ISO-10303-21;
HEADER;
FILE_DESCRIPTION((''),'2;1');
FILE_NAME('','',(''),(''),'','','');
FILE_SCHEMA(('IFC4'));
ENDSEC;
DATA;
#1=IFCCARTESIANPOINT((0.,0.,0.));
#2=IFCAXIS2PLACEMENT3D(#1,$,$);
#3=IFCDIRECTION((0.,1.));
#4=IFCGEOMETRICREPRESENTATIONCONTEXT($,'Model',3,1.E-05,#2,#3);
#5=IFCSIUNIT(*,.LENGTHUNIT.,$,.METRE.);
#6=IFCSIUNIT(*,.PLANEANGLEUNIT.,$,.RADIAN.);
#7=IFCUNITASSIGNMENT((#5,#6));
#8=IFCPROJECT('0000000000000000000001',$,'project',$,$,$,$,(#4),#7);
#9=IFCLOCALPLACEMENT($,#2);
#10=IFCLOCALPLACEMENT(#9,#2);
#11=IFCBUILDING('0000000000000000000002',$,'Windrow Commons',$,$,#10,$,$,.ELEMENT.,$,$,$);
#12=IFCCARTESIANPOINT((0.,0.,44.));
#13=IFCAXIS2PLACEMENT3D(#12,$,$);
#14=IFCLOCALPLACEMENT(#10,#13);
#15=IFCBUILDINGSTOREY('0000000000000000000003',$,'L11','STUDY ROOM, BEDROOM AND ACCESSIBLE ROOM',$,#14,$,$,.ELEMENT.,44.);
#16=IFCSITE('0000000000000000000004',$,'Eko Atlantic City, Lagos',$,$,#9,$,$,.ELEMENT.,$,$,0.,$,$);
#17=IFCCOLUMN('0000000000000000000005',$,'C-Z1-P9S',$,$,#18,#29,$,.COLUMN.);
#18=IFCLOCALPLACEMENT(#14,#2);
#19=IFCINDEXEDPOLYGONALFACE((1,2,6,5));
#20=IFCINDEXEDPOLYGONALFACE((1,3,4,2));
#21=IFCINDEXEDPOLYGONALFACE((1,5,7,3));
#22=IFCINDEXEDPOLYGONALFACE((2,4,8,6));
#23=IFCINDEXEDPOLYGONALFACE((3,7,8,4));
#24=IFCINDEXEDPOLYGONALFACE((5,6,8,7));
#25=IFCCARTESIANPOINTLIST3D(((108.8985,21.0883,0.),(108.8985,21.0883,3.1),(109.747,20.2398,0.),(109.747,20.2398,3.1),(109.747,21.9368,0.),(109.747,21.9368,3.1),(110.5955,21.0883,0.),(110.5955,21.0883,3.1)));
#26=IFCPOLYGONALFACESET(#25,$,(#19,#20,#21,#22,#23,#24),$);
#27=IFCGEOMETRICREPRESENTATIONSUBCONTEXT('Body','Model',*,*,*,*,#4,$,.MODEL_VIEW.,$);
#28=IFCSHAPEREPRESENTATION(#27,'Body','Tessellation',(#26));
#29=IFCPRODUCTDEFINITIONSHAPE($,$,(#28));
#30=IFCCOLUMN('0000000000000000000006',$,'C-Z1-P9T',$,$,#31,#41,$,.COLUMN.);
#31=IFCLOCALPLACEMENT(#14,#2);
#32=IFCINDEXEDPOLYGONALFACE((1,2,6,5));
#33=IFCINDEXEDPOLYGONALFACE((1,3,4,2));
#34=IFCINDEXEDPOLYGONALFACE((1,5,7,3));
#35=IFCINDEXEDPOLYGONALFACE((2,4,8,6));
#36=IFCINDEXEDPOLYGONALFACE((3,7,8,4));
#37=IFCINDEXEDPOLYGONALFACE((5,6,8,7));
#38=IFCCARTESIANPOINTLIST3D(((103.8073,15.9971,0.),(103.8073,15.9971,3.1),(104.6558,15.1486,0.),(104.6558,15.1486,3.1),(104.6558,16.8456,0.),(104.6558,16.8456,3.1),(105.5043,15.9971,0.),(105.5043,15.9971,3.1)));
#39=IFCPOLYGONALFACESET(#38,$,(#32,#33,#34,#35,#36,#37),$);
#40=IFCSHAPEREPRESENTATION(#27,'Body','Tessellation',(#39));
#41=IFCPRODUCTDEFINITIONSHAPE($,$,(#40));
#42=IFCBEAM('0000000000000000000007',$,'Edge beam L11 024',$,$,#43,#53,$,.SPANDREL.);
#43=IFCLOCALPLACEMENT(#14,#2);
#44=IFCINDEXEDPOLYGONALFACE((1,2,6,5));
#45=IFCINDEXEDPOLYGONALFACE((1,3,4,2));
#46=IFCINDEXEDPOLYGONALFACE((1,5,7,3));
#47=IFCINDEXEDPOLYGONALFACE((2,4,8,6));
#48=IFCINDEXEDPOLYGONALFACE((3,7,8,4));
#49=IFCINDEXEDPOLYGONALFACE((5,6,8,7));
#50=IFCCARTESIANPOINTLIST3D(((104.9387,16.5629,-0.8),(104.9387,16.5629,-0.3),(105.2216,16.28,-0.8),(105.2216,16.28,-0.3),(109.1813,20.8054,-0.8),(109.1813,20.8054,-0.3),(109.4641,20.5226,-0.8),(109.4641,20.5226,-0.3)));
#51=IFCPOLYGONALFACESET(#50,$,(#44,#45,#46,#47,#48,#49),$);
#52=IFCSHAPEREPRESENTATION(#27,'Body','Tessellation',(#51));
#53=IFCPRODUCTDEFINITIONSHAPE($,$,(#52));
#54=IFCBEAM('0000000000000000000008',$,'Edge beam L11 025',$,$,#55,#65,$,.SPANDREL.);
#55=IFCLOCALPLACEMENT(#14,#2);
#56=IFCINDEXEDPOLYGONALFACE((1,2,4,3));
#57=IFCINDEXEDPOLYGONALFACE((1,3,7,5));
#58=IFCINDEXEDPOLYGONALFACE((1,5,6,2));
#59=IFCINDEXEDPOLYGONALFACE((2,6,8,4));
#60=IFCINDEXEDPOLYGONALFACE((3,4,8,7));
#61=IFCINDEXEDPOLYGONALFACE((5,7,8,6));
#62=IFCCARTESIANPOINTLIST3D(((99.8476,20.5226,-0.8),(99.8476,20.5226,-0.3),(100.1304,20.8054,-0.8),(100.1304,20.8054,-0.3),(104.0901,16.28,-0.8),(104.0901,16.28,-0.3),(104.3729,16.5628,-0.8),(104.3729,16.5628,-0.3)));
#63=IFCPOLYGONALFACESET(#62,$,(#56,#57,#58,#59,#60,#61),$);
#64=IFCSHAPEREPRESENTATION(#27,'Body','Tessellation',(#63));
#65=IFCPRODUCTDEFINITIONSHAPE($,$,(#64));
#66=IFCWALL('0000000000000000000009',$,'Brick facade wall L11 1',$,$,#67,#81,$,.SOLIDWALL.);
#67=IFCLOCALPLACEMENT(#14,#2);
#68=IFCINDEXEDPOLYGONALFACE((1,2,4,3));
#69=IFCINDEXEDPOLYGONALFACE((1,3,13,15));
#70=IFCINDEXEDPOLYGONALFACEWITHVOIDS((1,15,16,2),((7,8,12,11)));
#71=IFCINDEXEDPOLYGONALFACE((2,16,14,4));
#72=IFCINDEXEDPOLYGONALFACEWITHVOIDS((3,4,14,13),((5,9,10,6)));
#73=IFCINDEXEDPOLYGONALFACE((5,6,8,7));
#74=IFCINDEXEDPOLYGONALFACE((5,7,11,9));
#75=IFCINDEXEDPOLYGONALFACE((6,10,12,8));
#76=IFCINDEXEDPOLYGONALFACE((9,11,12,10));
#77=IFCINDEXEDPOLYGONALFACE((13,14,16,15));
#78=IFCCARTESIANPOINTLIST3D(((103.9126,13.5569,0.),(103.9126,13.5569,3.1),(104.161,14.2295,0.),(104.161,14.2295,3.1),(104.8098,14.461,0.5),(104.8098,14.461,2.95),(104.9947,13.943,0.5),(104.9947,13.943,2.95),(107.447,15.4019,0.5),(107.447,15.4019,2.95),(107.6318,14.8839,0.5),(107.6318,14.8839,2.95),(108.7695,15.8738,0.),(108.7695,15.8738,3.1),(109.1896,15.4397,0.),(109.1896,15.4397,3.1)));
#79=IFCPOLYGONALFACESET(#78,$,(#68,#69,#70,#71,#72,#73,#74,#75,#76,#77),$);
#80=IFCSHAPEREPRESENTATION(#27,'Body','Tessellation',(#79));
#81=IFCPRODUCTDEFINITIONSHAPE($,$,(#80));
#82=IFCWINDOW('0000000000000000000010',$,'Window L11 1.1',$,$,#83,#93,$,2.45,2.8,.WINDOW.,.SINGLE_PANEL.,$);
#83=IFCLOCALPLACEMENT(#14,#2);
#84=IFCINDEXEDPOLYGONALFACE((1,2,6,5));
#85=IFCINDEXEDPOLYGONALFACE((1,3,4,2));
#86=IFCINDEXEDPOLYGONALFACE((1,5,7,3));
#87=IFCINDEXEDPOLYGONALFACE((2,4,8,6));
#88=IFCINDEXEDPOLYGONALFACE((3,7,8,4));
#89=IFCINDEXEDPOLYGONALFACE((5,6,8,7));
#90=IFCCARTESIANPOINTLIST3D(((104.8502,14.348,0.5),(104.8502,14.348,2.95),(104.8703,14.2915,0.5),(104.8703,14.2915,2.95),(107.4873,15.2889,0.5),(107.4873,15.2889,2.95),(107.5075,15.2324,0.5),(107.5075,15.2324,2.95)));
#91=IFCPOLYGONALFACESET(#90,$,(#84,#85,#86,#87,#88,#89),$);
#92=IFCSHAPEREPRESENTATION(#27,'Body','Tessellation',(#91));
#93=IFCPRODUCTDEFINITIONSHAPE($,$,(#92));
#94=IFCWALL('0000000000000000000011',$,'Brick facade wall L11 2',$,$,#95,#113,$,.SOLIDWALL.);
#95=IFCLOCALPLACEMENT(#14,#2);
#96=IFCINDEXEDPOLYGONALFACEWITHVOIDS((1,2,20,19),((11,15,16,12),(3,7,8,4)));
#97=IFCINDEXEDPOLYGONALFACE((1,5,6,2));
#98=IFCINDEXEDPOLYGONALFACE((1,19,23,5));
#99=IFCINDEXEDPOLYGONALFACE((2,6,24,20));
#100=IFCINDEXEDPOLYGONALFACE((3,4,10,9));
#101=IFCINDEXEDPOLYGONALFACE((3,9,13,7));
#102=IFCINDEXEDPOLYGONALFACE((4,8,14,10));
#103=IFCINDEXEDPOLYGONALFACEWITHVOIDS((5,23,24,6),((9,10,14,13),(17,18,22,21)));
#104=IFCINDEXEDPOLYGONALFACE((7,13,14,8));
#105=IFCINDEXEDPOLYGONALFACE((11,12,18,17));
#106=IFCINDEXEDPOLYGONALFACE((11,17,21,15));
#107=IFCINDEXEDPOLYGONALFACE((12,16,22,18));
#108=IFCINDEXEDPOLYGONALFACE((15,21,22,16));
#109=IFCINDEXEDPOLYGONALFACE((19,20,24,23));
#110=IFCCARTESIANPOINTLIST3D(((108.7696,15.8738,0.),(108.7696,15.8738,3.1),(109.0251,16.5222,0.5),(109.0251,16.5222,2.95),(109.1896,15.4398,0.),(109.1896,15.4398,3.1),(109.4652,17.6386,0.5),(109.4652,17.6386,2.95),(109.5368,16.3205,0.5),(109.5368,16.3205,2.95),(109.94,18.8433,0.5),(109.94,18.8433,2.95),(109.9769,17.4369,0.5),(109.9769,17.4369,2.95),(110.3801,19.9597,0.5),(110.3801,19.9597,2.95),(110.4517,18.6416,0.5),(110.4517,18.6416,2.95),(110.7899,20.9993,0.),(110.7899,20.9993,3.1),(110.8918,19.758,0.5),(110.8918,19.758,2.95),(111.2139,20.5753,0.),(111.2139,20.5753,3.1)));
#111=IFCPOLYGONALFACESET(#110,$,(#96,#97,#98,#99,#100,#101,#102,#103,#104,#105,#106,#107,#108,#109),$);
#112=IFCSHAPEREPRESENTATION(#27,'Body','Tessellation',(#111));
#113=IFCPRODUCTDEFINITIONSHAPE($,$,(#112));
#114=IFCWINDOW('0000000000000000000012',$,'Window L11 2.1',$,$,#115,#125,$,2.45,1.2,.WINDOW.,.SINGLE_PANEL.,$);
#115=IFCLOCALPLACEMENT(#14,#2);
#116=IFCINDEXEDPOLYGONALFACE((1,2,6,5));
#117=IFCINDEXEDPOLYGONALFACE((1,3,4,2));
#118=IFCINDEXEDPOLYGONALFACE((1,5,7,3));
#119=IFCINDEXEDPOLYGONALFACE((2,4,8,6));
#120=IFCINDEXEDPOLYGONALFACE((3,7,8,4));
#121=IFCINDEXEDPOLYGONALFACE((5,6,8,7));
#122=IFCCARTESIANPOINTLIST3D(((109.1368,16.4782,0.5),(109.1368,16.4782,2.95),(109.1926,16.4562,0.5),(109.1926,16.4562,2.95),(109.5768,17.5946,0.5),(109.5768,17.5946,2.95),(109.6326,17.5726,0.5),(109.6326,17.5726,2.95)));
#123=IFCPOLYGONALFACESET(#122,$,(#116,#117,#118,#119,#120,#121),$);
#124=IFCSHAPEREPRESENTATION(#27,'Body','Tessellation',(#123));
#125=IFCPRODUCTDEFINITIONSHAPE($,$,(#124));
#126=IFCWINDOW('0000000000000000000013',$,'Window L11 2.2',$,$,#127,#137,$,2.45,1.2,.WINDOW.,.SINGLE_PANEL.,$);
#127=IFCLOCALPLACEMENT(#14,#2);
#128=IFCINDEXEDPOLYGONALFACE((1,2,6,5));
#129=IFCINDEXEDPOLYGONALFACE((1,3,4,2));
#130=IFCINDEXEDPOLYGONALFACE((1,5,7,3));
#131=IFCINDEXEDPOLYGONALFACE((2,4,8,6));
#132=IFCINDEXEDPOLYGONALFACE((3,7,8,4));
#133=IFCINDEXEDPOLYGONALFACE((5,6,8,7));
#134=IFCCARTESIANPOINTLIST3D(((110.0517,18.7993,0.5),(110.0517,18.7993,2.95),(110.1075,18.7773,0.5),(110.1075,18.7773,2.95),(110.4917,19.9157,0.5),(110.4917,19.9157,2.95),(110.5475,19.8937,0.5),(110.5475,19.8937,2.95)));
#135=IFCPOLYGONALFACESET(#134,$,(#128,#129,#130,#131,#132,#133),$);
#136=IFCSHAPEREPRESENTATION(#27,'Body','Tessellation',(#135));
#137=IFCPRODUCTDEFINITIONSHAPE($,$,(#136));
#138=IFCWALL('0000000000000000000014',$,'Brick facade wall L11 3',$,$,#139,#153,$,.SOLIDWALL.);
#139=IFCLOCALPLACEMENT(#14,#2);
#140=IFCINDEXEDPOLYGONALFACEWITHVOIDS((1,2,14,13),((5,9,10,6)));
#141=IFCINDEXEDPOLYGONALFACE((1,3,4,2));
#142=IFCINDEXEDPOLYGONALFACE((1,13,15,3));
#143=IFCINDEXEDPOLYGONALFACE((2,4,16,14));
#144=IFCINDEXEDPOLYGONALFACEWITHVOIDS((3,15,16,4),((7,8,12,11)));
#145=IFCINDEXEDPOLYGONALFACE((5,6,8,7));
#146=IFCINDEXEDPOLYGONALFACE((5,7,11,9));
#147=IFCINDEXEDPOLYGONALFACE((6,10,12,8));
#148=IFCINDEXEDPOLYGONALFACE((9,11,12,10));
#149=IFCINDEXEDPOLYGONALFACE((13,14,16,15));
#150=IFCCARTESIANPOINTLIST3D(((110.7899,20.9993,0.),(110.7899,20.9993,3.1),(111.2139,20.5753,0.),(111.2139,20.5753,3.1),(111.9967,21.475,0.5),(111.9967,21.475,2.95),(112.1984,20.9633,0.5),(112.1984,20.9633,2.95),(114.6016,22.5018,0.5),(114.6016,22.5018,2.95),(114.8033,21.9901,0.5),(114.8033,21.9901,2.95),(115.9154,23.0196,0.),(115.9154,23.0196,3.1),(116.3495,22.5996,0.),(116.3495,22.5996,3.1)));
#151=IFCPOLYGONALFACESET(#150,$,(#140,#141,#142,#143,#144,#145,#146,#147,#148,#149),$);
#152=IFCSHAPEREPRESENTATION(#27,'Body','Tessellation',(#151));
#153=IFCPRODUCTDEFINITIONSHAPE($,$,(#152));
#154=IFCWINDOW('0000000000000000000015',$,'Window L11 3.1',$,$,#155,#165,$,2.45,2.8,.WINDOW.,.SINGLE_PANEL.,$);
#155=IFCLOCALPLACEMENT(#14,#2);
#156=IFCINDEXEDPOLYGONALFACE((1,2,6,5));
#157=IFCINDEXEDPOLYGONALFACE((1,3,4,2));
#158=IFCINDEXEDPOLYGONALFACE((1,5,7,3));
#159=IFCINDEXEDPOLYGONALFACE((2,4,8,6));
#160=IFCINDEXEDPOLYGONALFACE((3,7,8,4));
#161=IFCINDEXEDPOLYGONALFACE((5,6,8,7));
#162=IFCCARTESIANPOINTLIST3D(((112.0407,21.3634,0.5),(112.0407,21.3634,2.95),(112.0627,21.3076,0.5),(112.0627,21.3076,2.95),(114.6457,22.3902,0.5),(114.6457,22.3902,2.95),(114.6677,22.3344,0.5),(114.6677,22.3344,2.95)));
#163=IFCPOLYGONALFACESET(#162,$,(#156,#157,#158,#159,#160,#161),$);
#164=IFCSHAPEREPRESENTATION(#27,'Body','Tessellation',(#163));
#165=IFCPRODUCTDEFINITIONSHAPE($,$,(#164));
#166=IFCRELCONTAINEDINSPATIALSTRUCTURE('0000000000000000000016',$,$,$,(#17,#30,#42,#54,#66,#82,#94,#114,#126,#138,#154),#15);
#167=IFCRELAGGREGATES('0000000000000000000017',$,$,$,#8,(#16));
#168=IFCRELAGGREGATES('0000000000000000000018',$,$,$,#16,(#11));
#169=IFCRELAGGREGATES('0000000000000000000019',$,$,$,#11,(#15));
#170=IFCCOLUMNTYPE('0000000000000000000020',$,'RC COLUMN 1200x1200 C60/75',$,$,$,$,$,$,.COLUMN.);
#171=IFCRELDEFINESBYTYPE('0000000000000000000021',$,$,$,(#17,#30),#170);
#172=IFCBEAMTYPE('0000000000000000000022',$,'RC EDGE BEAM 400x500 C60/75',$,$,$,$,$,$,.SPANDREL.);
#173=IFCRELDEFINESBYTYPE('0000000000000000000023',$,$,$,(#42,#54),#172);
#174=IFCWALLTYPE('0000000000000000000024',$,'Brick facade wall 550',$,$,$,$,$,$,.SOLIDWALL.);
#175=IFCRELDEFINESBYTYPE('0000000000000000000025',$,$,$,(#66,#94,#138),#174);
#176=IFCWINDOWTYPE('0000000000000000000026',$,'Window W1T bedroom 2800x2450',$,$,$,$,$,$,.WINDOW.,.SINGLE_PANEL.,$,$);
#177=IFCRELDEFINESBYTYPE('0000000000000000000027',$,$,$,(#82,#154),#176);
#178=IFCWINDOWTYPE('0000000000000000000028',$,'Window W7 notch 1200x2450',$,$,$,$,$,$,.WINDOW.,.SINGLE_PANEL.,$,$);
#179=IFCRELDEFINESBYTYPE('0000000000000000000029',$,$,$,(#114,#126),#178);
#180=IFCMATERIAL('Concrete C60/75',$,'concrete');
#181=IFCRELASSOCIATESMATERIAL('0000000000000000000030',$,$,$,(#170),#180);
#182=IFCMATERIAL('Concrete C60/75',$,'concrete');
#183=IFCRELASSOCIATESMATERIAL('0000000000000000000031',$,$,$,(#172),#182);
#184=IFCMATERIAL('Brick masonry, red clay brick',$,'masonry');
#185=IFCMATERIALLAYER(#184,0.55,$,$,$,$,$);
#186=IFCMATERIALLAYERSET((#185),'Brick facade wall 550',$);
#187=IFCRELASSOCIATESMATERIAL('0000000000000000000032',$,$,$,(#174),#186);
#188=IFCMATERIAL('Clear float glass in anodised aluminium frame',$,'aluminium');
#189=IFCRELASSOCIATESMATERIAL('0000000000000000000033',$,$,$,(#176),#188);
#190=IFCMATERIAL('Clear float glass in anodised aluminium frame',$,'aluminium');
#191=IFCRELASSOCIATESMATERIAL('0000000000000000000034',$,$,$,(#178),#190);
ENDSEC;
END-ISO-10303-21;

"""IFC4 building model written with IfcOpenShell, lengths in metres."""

from ifc_helpers import new_model, si_unit, direction, frame, frame_2d, origin, origin_2d, place, context, subcontext, project, spatial, polyline, rectangle, outline, extrude, material, layer, layer_set, material_profile, profile_set, type_object, element, fill, save


model = new_model("IFC4")

# Units and contexts
model_context = context("Model", 3, precision=1e-05, world=origin(), true_north=direction((0.0, 1.0)))
body_context = subcontext(model_context, "Body", "Model", "MODEL_VIEW")
ifc_project = project(units=[si_unit("LENGTHUNIT", "METRE"), si_unit("PLANEANGLEUNIT", "RADIAN")], contexts=[model_context])

# Site, building, storey
site_placement = place(None, origin())
site = spatial("IfcSite", under=ifc_project, at=site_placement, Name="Eko Atlantic City, Lagos", CompositionType="ELEMENT", RefElevation=0.0)
building_placement = place(site_placement, origin())
building = spatial("IfcBuilding", under=site, at=building_placement, Name="Windrow Commons", CompositionType="ELEMENT")
storey_placement = place(building_placement, frame((0.0, 0.0, 44.0)))
storey = spatial("IfcBuildingStorey", under=building, at=storey_placement, Name="L11", Description="STUDY ROOM, BEDROOM AND ACCESSIBLE ROOM", CompositionType="ELEMENT", Elevation=44.0)

# Columns
ifc_material_1 = material(Name="Concrete C60/75", Category="concrete")
ifc_material_profile_1 = material_profile(ifc_material_1, rectangle(XDim=1.2, YDim=1.2, at=origin_2d()))
ifc_profile_set_1 = profile_set([ifc_material_profile_1], Name="Concrete C60/75")
column_type = type_object("IfcColumnType", Name="RC COLUMN 1200x1200 C60/75", PredefinedType="COLUMN", material=ifc_profile_set_1)
for number, where, z_axis, x_axis, name in (
    (1, (109.747, 21.0883, 0.0), (0.0, 0.0, 1.0), (0.707107, -0.707107, 0.0), "C-Z1-P9S"),
    (2, (104.6558, 15.9971, 0.0), (0.0, 0.0, 1.0), (0.707107, -0.707107, 0.0), "C-Z1-P9T"),
):
    element("IfcColumn", number, at=place(storey_placement, frame(where, z_axis=z_axis, x_axis=x_axis)), inside=storey, type_object=column_type, Name=name, PredefinedType="COLUMN", context=body_context, shape_type="SweptSolid", body=[
        extrude(rectangle(XDim=1.2, YDim=1.2, at=origin_2d()), origin(), (0.0, 0.0, 1.0), 3.1),
    ])

# Beams
ifc_material_2 = material(Name="Concrete C60/75", Category="concrete")
ifc_material_profile_2 = material_profile(ifc_material_2, rectangle(XDim=0.4, YDim=0.5, at=origin_2d()))
ifc_profile_set_2 = profile_set([ifc_material_profile_2], Name="Concrete C60/75")
beam_type = type_object("IfcBeamType", Name="RC EDGE BEAM 400x500 C60/75", PredefinedType="SPANDREL", material=ifc_profile_set_2)
for number, where, z_axis, x_axis, name in (
    (3, (109.3227, 20.664, -0.55), (-0.707107, -0.707107, 0.0), (0.707107, -0.707107, 0.0), "Edge beam L11 024"),
    (4, (104.2315, 16.4214, -0.55), (-0.707098, 0.707115, 0.0), (-0.707115, -0.707098, 0.0), "Edge beam L11 025"),
):
    element("IfcBeam", number, at=place(storey_placement, frame(where, z_axis=z_axis, x_axis=x_axis)), inside=storey, type_object=beam_type, Name=name, PredefinedType="SPANDREL", context=body_context, shape_type="SweptSolid", body=[
        extrude(rectangle(XDim=0.4, YDim=0.5, at=origin_2d()), origin(), (0.0, 0.0, 1.0), 5.9999),
    ])

# Wall, opening, window
ifc_material_3 = material(Name="Brick masonry, red clay brick", Category="masonry")
ifc_layer_1 = layer(ifc_material_3, 0.55)
ifc_layer_set_1 = layer_set([ifc_layer_1], Name="Brick facade wall 550")
wall_type_1 = type_object("IfcWallType", Name="Brick facade wall 550", PredefinedType="SOLIDWALL", material=ifc_layer_set_1)
wall_1_placement = place(storey_placement, frame((104.0368, 13.8932, 0.0), z_axis=(0.0, 0.0, 1.0), x_axis=(0.941844, 0.336052, 0.0)))
wall_1 = element("IfcWall", 5, at=wall_1_placement, inside=storey, type_object=wall_type_1, Name="Brick facade wall L11 1", PredefinedType="SOLIDWALL", context=body_context, shape_type="SweptSolid", body=[
    extrude(outline(polyline([(-0.23, -0.275), (5.3728, -0.275), (5.123, 0.275), (0.23, 0.275), (-0.23, -0.275)])), origin(), (0.0, 0.0, 1.0), 3.1),
])
opening_1_placement = place(wall_1_placement, frame((0.9189, 0.0, 0.5)))
opening_1 = element("IfcOpeningElement", 6, at=opening_1_placement, cuts=wall_1, PredefinedType="OPENING", context=body_context, shape_type="SweptSolid", body=[
    extrude(rectangle(XDim=2.8, YDim=2.45, at=frame_2d((1.4, 1.225))), frame((0.0, 0.285, 0.0), z_axis=(0.0, -1.0, 0.0), x_axis=(1.0, 0.0, 0.0)), (0.0, 0.0, 1.0), 0.57),
])
ifc_material_4 = material(Name="Clear float glass in anodised aluminium frame", Category="aluminium")
window_type_1 = type_object("IfcWindowType", Name="Window W1T bedroom 2800x2450", PartitioningType="SINGLE_PANEL", PredefinedType="WINDOW", material=ifc_material_4)
window_1_placement = place(opening_1_placement, origin())
window_1 = element("IfcWindow", 7, at=window_1_placement, inside=storey, type_object=window_type_1, Name="Window L11 1.1", OverallHeight=2.45, OverallWidth=2.8, PartitioningType="SINGLE_PANEL", PredefinedType="WINDOW", context=body_context, shape_type="SweptSolid", body=[
    extrude(rectangle(XDim=2.8, YDim=2.45, at=frame_2d((1.4, 1.225))), frame((0.0, 0.155, 0.0), z_axis=(0.0, -1.0, 0.0), x_axis=(1.0, 0.0, 0.0)), (0.0, 0.0, 1.0), 0.06),
])
fill(opening_1, window_1)

# Wall, openings, windows
wall_2_placement = place(storey_placement, frame((108.9796, 15.6568, 0.0), z_axis=(0.0, 0.0, 1.0), x_axis=(0.366712, 0.930335, 0.0)))
wall_2 = element("IfcWall", 8, at=wall_2_placement, inside=storey, type_object=wall_type_1, Name="Brick facade wall L11 2", PredefinedType="SOLIDWALL", context=body_context, shape_type="SweptSolid", body=[
    extrude(outline(polyline([(-0.1249, -0.275), (5.3952, -0.275), (5.6342, 0.275), (0.1249, 0.275), (-0.1249, -0.275)])), origin(), (0.0, 0.0, 1.0), 3.1),
])
opening_2_placement = place(wall_2_placement, frame((0.8218, 0.0, 0.5)))
opening_2 = element("IfcOpeningElement", 9, at=opening_2_placement, cuts=wall_2, PredefinedType="OPENING", context=body_context, shape_type="SweptSolid", body=[
    extrude(rectangle(XDim=1.2, YDim=2.45, at=frame_2d((0.6, 1.225))), frame((0.0, 0.285, 0.0), z_axis=(0.0, -1.0, 0.0), x_axis=(1.0, 0.0, 0.0)), (0.0, 0.0, 1.0), 0.57),
])
opening_3_placement = place(wall_2_placement, frame((3.3167, 0.0, 0.5)))
opening_3 = element("IfcOpeningElement", 10, at=opening_3_placement, cuts=wall_2, PredefinedType="OPENING", context=body_context, shape_type="SweptSolid", body=[
    extrude(rectangle(XDim=1.2, YDim=2.45, at=frame_2d((0.6, 1.225))), frame((0.0, 0.285, 0.0), z_axis=(0.0, -1.0, 0.0), x_axis=(1.0, 0.0, 0.0)), (0.0, 0.0, 1.0), 0.57),
])
ifc_material_5 = material(Name="Clear float glass in anodised aluminium frame", Category="aluminium")
window_type_2 = type_object("IfcWindowType", Name="Window W7 notch 1200x2450", PartitioningType="SINGLE_PANEL", PredefinedType="WINDOW", material=ifc_material_5)
window_2_placement = place(opening_2_placement, origin())
window_2 = element("IfcWindow", 11, at=window_2_placement, inside=storey, type_object=window_type_2, Name="Window L11 2.1", OverallHeight=2.45, OverallWidth=1.2, PartitioningType="SINGLE_PANEL", PredefinedType="WINDOW", context=body_context, shape_type="SweptSolid", body=[
    extrude(rectangle(XDim=1.2, YDim=2.45, at=frame_2d((0.6, 1.225))), frame((0.0, 0.155, 0.0), z_axis=(0.0, -1.0, 0.0), x_axis=(1.0, 0.0, 0.0)), (0.0, 0.0, 1.0), 0.06),
])
fill(opening_2, window_2)
window_3_placement = place(opening_3_placement, origin())
window_3 = element("IfcWindow", 12, at=window_3_placement, inside=storey, type_object=window_type_2, Name="Window L11 2.2", OverallHeight=2.45, OverallWidth=1.2, PartitioningType="SINGLE_PANEL", PredefinedType="WINDOW", context=body_context, shape_type="SweptSolid", body=[
    extrude(rectangle(XDim=1.2, YDim=2.45, at=frame_2d((0.6, 1.225))), frame((0.0, 0.155, 0.0), z_axis=(0.0, -1.0, 0.0), x_axis=(1.0, 0.0, 0.0)), (0.0, 0.0, 1.0), 0.06),
])
fill(opening_3, window_3)

# Wall, opening, window
wall_3_placement = place(storey_placement, frame((111.0019, 20.7873, 0.0), z_axis=(0.0, 0.0, 1.0), x_axis=(0.930335, 0.366712, 0.0)))
wall_3 = element("IfcWall", 13, at=wall_3_placement, inside=storey, type_object=wall_type_1, Name="Brick facade wall L11 3", PredefinedType="SOLIDWALL", context=body_context, shape_type="SweptSolid", body=[
    extrude(outline(polyline([(0.1195, -0.275), (5.6396, -0.275), (5.3898, 0.275), (-0.1195, 0.275), (0.1195, -0.275)])), origin(), (0.0, 0.0, 1.0), 3.1),
])
opening_4_placement = place(wall_3_placement, frame((1.1777, 0.0, 0.5)))
opening_4 = element("IfcOpeningElement", 14, at=opening_4_placement, cuts=wall_3, PredefinedType="OPENING", context=body_context, shape_type="SweptSolid", body=[
    extrude(rectangle(XDim=2.8, YDim=2.45, at=frame_2d((1.4, 1.225))), frame((0.0, 0.285, 0.0), z_axis=(0.0, -1.0, 0.0), x_axis=(1.0, 0.0, 0.0)), (0.0, 0.0, 1.0), 0.57),
])
window_4_placement = place(opening_4_placement, origin())
window_4 = element("IfcWindow", 15, at=window_4_placement, inside=storey, type_object=window_type_1, Name="Window L11 3.1", OverallHeight=2.45, OverallWidth=2.8, PartitioningType="SINGLE_PANEL", PredefinedType="WINDOW", context=body_context, shape_type="SweptSolid", body=[
    extrude(rectangle(XDim=2.8, YDim=2.45, at=frame_2d((1.4, 1.225))), frame((0.0, 0.155, 0.0), z_axis=(0.0, -1.0, 0.0), x_axis=(1.0, 0.0, 0.0)), (0.0, 0.0, 1.0), 0.06),
])
fill(opening_4, window_4)

save(model, "model.ifc")
